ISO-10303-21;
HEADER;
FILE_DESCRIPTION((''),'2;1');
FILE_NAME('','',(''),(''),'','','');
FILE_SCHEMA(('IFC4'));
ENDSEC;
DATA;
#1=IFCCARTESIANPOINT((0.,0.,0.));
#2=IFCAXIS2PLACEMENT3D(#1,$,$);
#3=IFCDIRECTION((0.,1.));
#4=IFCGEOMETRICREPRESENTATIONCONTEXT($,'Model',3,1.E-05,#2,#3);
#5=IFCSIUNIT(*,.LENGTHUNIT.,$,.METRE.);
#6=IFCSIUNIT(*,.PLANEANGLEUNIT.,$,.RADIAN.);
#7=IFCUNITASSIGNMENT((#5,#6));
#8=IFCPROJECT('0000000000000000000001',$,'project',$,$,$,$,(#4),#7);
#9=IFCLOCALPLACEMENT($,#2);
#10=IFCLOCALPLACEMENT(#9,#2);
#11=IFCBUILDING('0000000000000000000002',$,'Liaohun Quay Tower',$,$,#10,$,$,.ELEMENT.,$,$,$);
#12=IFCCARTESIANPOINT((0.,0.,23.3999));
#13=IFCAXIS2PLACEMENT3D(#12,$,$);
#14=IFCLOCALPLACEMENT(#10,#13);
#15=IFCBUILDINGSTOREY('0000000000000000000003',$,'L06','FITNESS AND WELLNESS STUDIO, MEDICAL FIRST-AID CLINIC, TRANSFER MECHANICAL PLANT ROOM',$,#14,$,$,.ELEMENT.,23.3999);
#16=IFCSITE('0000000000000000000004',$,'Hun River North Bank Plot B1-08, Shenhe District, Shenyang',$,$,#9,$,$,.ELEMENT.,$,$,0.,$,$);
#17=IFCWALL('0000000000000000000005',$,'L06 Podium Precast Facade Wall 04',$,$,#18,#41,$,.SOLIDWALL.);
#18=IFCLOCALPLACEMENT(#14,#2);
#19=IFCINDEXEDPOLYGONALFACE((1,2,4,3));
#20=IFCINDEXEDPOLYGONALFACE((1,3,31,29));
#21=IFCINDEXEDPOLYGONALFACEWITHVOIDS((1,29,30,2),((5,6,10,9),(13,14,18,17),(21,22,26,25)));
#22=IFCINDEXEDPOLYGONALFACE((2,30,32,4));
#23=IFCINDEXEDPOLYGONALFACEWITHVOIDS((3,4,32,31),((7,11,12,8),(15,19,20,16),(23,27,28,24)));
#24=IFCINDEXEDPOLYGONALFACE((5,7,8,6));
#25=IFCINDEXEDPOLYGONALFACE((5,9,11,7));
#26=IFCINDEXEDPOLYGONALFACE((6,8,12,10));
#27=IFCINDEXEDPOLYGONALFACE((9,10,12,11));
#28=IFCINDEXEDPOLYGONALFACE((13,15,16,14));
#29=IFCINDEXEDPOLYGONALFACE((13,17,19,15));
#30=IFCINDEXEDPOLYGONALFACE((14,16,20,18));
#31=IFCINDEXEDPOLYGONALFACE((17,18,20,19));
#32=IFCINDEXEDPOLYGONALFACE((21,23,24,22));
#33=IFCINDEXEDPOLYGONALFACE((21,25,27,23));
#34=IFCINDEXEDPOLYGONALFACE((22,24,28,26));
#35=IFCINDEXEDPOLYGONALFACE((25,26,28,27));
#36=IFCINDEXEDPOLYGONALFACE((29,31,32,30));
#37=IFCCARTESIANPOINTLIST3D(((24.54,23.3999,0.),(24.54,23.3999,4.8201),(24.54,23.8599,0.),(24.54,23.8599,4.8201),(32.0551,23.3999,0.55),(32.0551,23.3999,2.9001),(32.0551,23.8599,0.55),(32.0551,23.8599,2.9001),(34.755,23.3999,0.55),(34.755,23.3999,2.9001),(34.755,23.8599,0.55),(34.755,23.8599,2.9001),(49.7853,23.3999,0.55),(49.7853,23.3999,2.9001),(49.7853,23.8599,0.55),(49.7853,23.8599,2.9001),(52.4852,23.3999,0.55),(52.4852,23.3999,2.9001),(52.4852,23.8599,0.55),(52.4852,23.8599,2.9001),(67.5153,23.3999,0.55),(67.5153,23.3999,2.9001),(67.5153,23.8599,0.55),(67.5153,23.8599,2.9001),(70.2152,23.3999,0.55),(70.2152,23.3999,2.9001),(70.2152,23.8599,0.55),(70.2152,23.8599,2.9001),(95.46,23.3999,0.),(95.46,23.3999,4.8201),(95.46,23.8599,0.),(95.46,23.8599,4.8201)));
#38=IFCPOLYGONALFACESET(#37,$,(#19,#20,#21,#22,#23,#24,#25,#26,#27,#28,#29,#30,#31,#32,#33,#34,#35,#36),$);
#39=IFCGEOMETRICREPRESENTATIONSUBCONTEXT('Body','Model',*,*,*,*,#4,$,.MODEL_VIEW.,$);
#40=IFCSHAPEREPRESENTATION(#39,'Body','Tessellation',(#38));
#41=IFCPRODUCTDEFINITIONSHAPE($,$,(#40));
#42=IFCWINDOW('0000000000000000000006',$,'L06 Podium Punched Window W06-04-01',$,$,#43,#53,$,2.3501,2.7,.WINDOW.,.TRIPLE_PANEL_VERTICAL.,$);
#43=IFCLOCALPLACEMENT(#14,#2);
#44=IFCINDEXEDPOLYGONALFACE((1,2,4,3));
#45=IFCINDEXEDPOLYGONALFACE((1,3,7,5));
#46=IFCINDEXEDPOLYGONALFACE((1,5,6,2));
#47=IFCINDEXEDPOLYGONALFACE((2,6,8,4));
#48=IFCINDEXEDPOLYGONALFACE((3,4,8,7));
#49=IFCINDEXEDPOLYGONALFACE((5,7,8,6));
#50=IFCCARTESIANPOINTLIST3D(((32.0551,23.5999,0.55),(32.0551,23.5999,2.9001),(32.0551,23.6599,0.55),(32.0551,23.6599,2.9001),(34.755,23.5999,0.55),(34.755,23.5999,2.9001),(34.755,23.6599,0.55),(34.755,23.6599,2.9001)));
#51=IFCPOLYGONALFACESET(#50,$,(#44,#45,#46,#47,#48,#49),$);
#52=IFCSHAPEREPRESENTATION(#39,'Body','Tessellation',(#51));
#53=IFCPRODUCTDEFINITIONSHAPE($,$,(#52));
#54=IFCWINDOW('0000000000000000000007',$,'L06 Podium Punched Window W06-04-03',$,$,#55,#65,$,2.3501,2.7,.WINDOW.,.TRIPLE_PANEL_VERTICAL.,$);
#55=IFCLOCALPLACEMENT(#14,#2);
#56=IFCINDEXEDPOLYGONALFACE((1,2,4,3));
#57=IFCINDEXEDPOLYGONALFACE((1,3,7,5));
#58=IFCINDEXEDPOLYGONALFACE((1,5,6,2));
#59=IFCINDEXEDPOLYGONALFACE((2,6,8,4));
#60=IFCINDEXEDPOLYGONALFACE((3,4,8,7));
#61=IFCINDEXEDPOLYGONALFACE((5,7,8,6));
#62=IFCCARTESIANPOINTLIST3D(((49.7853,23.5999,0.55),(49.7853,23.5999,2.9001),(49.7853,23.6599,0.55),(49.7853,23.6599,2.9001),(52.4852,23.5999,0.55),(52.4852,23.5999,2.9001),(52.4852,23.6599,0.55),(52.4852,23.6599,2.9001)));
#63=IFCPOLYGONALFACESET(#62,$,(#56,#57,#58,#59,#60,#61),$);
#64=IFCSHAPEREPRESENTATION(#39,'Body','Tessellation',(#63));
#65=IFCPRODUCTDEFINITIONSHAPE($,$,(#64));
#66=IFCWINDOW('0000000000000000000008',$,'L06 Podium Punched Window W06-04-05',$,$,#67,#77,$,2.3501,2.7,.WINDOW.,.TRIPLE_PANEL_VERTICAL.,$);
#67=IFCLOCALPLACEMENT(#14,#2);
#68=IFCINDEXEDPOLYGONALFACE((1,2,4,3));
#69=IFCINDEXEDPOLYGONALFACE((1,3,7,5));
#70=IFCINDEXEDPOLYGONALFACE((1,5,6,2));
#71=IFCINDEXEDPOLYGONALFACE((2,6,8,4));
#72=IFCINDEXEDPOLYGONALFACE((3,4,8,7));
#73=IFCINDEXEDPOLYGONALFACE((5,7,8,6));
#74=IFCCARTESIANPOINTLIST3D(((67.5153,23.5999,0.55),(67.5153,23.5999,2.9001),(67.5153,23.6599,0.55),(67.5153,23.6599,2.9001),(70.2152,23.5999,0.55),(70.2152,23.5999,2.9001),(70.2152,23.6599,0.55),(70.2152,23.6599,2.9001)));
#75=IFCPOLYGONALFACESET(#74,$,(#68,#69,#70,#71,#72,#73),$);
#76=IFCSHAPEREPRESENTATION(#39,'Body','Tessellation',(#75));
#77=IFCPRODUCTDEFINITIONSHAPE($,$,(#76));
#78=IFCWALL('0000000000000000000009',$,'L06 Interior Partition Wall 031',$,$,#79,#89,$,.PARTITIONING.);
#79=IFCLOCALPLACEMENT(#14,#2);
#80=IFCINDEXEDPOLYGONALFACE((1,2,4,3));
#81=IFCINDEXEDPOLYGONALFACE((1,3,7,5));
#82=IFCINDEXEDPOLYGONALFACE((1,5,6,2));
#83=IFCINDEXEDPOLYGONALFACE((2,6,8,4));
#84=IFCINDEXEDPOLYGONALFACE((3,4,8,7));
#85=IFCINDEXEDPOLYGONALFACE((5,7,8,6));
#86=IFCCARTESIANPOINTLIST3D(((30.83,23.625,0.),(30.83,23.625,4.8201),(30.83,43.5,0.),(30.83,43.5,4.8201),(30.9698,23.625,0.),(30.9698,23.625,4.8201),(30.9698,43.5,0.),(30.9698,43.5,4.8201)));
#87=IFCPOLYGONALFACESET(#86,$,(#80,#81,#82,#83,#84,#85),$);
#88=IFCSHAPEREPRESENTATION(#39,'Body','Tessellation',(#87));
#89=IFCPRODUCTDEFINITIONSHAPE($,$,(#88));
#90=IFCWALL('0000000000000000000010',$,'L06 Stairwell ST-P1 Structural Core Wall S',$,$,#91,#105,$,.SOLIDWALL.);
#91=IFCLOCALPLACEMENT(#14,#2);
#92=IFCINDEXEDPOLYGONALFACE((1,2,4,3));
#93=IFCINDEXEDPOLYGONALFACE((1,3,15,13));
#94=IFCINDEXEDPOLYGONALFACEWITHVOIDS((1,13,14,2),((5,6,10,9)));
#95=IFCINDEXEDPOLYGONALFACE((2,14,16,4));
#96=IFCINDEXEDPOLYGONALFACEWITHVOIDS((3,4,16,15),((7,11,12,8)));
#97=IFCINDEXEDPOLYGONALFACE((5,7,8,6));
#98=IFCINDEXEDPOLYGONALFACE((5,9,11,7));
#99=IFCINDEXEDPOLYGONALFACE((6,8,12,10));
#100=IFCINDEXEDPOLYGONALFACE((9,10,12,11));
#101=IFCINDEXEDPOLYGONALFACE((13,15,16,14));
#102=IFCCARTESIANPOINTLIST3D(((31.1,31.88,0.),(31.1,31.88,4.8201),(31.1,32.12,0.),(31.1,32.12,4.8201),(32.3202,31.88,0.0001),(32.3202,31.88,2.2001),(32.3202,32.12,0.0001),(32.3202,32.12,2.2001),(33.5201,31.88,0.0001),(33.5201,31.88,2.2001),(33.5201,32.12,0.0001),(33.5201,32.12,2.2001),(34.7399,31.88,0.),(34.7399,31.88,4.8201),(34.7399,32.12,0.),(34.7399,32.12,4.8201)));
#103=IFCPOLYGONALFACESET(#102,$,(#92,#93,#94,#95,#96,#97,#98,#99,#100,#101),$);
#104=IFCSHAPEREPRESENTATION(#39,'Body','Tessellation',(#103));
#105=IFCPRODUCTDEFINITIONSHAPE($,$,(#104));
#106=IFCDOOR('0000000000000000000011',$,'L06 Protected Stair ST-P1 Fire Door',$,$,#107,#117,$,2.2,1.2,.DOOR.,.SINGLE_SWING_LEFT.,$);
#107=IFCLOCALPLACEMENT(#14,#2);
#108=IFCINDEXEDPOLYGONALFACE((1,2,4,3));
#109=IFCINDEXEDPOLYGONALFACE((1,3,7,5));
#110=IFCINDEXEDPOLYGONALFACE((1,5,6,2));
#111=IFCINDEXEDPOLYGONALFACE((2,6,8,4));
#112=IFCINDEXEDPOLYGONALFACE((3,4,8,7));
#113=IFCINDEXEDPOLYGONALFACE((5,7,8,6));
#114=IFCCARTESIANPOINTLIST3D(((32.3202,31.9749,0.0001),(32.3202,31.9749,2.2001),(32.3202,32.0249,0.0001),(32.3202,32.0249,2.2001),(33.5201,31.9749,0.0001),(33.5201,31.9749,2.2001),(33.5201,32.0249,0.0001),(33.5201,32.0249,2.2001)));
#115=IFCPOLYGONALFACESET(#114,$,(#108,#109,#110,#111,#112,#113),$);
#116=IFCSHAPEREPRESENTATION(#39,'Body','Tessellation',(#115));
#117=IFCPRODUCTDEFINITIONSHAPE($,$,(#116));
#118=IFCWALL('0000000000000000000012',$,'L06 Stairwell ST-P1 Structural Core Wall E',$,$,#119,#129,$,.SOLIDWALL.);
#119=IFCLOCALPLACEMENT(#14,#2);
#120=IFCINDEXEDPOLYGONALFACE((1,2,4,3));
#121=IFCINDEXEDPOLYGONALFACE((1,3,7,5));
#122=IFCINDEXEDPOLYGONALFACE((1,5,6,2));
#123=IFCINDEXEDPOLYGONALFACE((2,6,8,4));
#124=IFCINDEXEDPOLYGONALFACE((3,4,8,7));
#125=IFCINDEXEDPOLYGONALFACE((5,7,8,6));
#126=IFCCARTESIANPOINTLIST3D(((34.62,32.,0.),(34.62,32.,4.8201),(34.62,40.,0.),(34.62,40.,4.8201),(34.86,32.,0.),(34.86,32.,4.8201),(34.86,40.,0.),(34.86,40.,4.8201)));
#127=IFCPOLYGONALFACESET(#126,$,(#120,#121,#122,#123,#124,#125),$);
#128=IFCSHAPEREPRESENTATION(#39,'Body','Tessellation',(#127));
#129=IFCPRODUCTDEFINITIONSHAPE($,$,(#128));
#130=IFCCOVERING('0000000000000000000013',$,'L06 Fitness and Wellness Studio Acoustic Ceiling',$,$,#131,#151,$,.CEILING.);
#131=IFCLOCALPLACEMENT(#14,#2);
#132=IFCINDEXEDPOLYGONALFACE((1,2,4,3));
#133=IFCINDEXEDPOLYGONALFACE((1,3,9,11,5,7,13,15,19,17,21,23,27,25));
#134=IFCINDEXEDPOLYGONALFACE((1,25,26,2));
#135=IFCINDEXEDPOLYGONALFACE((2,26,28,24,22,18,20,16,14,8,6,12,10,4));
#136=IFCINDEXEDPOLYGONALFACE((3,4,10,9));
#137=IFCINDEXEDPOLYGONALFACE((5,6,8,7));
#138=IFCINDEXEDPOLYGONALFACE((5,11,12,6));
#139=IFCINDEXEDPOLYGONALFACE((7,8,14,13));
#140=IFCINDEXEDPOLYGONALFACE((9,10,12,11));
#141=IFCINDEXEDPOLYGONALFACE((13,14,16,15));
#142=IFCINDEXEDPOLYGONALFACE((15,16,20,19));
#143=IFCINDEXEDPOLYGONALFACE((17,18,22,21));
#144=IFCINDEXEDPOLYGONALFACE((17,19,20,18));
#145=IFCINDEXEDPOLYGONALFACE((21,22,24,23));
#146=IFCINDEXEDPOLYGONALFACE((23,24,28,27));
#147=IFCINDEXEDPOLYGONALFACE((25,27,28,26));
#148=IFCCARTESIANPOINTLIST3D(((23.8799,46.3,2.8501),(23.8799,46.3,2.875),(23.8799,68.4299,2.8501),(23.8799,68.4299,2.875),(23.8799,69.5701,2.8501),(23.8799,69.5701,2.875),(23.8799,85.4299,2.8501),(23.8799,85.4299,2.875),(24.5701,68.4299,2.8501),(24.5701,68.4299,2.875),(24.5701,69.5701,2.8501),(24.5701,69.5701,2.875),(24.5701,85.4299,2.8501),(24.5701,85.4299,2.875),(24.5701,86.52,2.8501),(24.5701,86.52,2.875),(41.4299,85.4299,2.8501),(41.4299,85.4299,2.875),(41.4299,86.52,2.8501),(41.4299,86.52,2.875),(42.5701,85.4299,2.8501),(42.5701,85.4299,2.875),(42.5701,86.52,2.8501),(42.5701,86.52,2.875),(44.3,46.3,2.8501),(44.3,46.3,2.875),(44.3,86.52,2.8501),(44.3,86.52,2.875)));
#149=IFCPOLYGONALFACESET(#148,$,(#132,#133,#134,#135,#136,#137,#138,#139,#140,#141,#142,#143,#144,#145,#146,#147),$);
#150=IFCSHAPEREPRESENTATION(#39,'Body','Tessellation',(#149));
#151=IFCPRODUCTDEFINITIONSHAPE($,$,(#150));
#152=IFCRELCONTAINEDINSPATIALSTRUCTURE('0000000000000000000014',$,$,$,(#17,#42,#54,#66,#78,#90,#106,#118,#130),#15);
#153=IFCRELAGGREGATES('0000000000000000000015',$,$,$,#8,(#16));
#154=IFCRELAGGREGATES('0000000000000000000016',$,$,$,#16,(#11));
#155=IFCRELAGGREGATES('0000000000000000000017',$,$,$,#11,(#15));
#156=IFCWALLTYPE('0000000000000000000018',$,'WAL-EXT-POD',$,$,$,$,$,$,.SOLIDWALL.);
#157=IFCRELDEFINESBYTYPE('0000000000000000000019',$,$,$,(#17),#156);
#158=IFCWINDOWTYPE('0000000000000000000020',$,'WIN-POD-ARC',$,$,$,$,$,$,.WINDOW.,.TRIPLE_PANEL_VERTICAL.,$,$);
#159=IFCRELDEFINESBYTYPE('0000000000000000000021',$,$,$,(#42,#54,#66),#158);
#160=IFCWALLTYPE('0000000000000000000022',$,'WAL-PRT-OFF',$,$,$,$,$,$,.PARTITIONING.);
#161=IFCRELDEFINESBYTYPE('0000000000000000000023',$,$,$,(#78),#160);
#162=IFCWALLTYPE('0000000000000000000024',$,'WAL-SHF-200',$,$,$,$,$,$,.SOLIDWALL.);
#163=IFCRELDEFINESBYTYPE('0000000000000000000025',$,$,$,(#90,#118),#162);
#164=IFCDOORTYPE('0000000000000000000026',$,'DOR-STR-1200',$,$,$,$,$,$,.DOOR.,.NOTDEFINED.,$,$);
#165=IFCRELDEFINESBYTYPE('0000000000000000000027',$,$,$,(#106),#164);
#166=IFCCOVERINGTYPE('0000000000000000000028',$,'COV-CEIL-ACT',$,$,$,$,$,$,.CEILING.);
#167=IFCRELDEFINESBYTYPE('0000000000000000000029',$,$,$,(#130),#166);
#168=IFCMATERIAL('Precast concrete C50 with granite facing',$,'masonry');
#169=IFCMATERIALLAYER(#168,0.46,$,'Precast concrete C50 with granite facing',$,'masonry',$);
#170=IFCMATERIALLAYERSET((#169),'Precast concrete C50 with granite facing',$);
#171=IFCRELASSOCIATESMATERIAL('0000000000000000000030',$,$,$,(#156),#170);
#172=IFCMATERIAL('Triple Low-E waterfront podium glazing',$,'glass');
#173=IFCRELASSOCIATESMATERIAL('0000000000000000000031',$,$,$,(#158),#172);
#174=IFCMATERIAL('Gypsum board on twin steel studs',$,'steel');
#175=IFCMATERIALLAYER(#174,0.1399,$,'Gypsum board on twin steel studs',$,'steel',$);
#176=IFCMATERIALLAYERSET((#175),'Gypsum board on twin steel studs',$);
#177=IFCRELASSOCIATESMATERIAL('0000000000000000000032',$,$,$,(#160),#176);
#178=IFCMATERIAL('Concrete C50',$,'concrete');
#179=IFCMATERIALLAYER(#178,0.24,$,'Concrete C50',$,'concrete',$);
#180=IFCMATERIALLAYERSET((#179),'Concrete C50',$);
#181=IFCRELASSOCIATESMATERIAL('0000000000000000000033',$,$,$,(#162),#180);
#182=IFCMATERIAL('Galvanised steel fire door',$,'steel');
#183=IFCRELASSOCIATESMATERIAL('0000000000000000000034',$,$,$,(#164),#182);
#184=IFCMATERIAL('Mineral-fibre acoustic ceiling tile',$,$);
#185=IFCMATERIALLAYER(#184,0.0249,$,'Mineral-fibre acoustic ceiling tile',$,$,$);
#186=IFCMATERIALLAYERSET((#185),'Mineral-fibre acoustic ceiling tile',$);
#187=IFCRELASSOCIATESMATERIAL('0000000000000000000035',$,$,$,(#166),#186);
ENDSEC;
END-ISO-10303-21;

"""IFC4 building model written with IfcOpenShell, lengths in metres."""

from ifc_helpers import new_model, si_unit, direction, frame, frame_2d, origin, place, context, subcontext, project, spatial, polyline, rectangle, outline, extrude, source, transform, mapped, material, layer, layer_set, type_object, element, fill, save


model = new_model("IFC4")

# Units and contexts
model_context = context("Model", 3, precision=1e-05, world=origin(), true_north=direction((0.0, 1.0)))
body_context = subcontext(model_context, "Body", "Model", "MODEL_VIEW")
ifc_project = project(units=[si_unit("LENGTHUNIT", "METRE"), si_unit("PLANEANGLEUNIT", "RADIAN")], contexts=[model_context])

# Site, building, storey
site_placement = place(None, origin())
site = spatial("IfcSite", under=ifc_project, at=site_placement, Name="Hun River North Bank Plot B1-08, Shenhe District, Shenyang", CompositionType="ELEMENT", RefElevation=0.0)
building_placement = place(site_placement, origin())
building = spatial("IfcBuilding", under=site, at=building_placement, Name="Liaohun Quay Tower", CompositionType="ELEMENT")
storey_placement = place(building_placement, frame((0.0, 0.0, 23.3999)))
storey = spatial("IfcBuildingStorey", under=building, at=storey_placement, Name="L06", Description="FITNESS AND WELLNESS STUDIO, MEDICAL FIRST-AID CLINIC, TRANSFER MECHANICAL PLANT ROOM", CompositionType="ELEMENT", Elevation=23.3999)

# Wall, openings, windows
ifc_material_1 = material(Name="Precast concrete C50 with granite facing", Category="masonry")
ifc_layer_1 = layer(ifc_material_1, 0.46, Name="Precast concrete C50 with granite facing", Category="masonry")
ifc_layer_set_1 = layer_set([ifc_layer_1], Name="Precast concrete C50 with granite facing")
wall_type_1 = type_object("IfcWallType", Name="WAL-EXT-POD", PredefinedType="SOLIDWALL", material=ifc_layer_set_1)
wall_1_placement = place(storey_placement, frame((24.54, 23.6299, 0.0), z_axis=(0.0, 0.0, 1.0), x_axis=(1.0, 0.0, 0.0)))
wall_1 = element("IfcWall", 1, at=wall_1_placement, inside=storey, type_object=wall_type_1, Name="L06 Podium Precast Facade Wall 04", PredefinedType="SOLIDWALL", context=body_context, shape_type="SweptSolid", body=[
    extrude(rectangle(XDim=70.9199, YDim=0.46, at=frame_2d((35.46, 0.0))), origin(), (0.0, 0.0, 1.0), 4.8201),
])
shared_shape_1 = source(origin(), body_context, "Body", "SweptSolid", [
    extrude(rectangle(XDim=2.7, YDim=2.3501, at=frame_2d((1.3501, 1.175))), frame((0.0, 0.24, 0.0), z_axis=(0.0, -1.0, 0.0), x_axis=(1.0, 0.0, 0.0)), (0.0, 0.0, 1.0), 0.48),
])
opening_1_placement = place(wall_1_placement, frame((7.5149, 0.0, 0.55)))
opening_1 = element("IfcOpeningElement", 2, at=opening_1_placement, cuts=wall_1, PredefinedType="OPENING", context=body_context, shape_type="MappedRepresentation", body=[
    mapped(shared_shape_1, transform((0.0, 0.0, 0.0), x_axis=(1.0, 0.0, 0.0), y_axis=(0.0, 1.0, 0.0), z_axis=(0.0, 0.0, 1.0), scale=1.0)),
])
opening_2_placement = place(wall_1_placement, frame((25.2451, 0.0, 0.55)))
opening_2 = element("IfcOpeningElement", 3, at=opening_2_placement, cuts=wall_1, PredefinedType="OPENING", context=body_context, shape_type="MappedRepresentation", body=[
    mapped(shared_shape_1, transform((0.0, 0.0, 0.0), x_axis=(1.0, 0.0, 0.0), y_axis=(0.0, 1.0, 0.0), z_axis=(0.0, 0.0, 1.0), scale=1.0)),
])
opening_3_placement = place(wall_1_placement, frame((42.9751, 0.0, 0.55)))
opening_3 = element("IfcOpeningElement", 4, at=opening_3_placement, cuts=wall_1, PredefinedType="OPENING", context=body_context, shape_type="MappedRepresentation", body=[
    mapped(shared_shape_1, transform((0.0, 0.0, 0.0), x_axis=(1.0, 0.0, 0.0), y_axis=(0.0, 1.0, 0.0), z_axis=(0.0, 0.0, 1.0), scale=1.0)),
])
ifc_material_2 = material(Name="Triple Low-E waterfront podium glazing", Category="glass")
window_type_1 = type_object("IfcWindowType", Name="WIN-POD-ARC", PartitioningType="TRIPLE_PANEL_VERTICAL", PredefinedType="WINDOW", material=ifc_material_2)
shared_shape_2 = source(origin(), body_context, "Body", "SweptSolid", [
    extrude(rectangle(XDim=2.7, YDim=2.3501, at=frame_2d((1.3501, 1.175))), frame((0.0, 0.03, 0.0), z_axis=(0.0, -1.0, 0.0), x_axis=(1.0, 0.0, 0.0)), (0.0, 0.0, 1.0), 0.0601),
])
window_1_placement = place(opening_1_placement, origin())
window_1 = element("IfcWindow", 5, at=window_1_placement, inside=storey, type_object=window_type_1, Name="L06 Podium Punched Window W06-04-01", OverallHeight=2.3501, OverallWidth=2.7, PartitioningType="TRIPLE_PANEL_VERTICAL", PredefinedType="WINDOW", context=body_context, shape_type="MappedRepresentation", body=[
    mapped(shared_shape_2, transform((0.0, 0.0, 0.0), x_axis=(1.0, 0.0, 0.0), y_axis=(0.0, 1.0, 0.0), z_axis=(0.0, 0.0, 1.0), scale=1.0)),
])
fill(opening_1, window_1)
window_2_placement = place(opening_2_placement, origin())
window_2 = element("IfcWindow", 6, at=window_2_placement, inside=storey, type_object=window_type_1, Name="L06 Podium Punched Window W06-04-03", OverallHeight=2.3501, OverallWidth=2.7, PartitioningType="TRIPLE_PANEL_VERTICAL", PredefinedType="WINDOW", context=body_context, shape_type="MappedRepresentation", body=[
    mapped(shared_shape_2, transform((0.0, 0.0, 0.0), x_axis=(1.0, 0.0, 0.0), y_axis=(0.0, 1.0, 0.0), z_axis=(0.0, 0.0, 1.0), scale=1.0)),
])
fill(opening_2, window_2)
window_3_placement = place(opening_3_placement, origin())
window_3 = element("IfcWindow", 7, at=window_3_placement, inside=storey, type_object=window_type_1, Name="L06 Podium Punched Window W06-04-05", OverallHeight=2.3501, OverallWidth=2.7, PartitioningType="TRIPLE_PANEL_VERTICAL", PredefinedType="WINDOW", context=body_context, shape_type="MappedRepresentation", body=[
    mapped(shared_shape_2, transform((0.0, 0.0, 0.0), x_axis=(1.0, 0.0, 0.0), y_axis=(0.0, 1.0, 0.0), z_axis=(0.0, 0.0, 1.0), scale=1.0)),
])
fill(opening_3, window_3)

# Wall
ifc_material_3 = material(Name="Gypsum board on twin steel studs", Category="steel")
ifc_layer_2 = layer(ifc_material_3, 0.1399, Name="Gypsum board on twin steel studs", Category="steel")
ifc_layer_set_2 = layer_set([ifc_layer_2], Name="Gypsum board on twin steel studs")
wall_type_2 = type_object("IfcWallType", Name="WAL-PRT-OFF", PredefinedType="PARTITIONING", material=ifc_layer_set_2)
wall_2_placement = place(storey_placement, frame((30.8999, 23.625, 0.0), z_axis=(0.0, 0.0, 1.0), x_axis=(0.0, 1.0, 0.0)))
element("IfcWall", 8, at=wall_2_placement, inside=storey, type_object=wall_type_2, Name="L06 Interior Partition Wall 031", PredefinedType="PARTITIONING", context=body_context, shape_type="SweptSolid", body=[
    extrude(rectangle(XDim=19.875, YDim=0.1399, at=frame_2d((9.9375, 0.0))), origin(), (0.0, 0.0, 1.0), 4.8201),
])

# Wall, opening, door
ifc_material_4 = material(Name="Concrete C50", Category="concrete")
ifc_layer_3 = layer(ifc_material_4, 0.24, Name="Concrete C50", Category="concrete")
ifc_layer_set_3 = layer_set([ifc_layer_3], Name="Concrete C50")
wall_type_3 = type_object("IfcWallType", Name="WAL-SHF-200", PredefinedType="SOLIDWALL", material=ifc_layer_set_3)
wall_3_placement = place(storey_placement, frame((31.1001, 32.0, 0.0), z_axis=(0.0, 0.0, 1.0), x_axis=(1.0, 0.0, 0.0)))
wall_3 = element("IfcWall", 9, at=wall_3_placement, inside=storey, type_object=wall_type_3, Name="L06 Stairwell ST-P1 Structural Core Wall S", PredefinedType="SOLIDWALL", context=body_context, shape_type="SweptSolid", body=[
    extrude(rectangle(XDim=3.6399, YDim=0.24, at=frame_2d((1.8198, 0.0))), origin(), (0.0, 0.0, 1.0), 4.8201),
])
shared_shape_3 = source(origin(), body_context, "Body", "SweptSolid", [
    extrude(rectangle(XDim=1.2, YDim=2.2, at=frame_2d((0.6001, 1.1001))), frame((0.0, 0.1299, 0.0), z_axis=(0.0, -1.0, 0.0), x_axis=(1.0, 0.0, 0.0)), (0.0, 0.0, 1.0), 0.26),
])
opening_4_placement = place(wall_3_placement, frame((1.22, 0.0, 0.0)))
opening_4 = element("IfcOpeningElement", 10, at=opening_4_placement, cuts=wall_3, PredefinedType="OPENING", context=body_context, shape_type="MappedRepresentation", body=[
    mapped(shared_shape_3, transform((0.0, 0.0, 0.0), x_axis=(1.0, 0.0, 0.0), y_axis=(0.0, 1.0, 0.0), z_axis=(0.0, 0.0, 1.0), scale=1.0)),
])
ifc_material_5 = material(Name="Galvanised steel fire door", Category="steel")
door_type = type_object("IfcDoorType", Name="DOR-STR-1200", OperationType="NOTDEFINED", PredefinedType="DOOR", material=ifc_material_5)
shared_shape_4 = source(origin(), body_context, "Body", "SweptSolid", [
    extrude(rectangle(XDim=1.2, YDim=2.2, at=frame_2d((0.6001, 1.1001))), frame((0.0, 0.0249, 0.0), z_axis=(0.0, -1.0, 0.0), x_axis=(1.0, 0.0, 0.0)), (0.0, 0.0, 1.0), 0.05),
])
door_placement = place(opening_4_placement, origin())
door = element("IfcDoor", 11, at=door_placement, inside=storey, type_object=door_type, Name="L06 Protected Stair ST-P1 Fire Door", OperationType="SINGLE_SWING_LEFT", OverallHeight=2.2, OverallWidth=1.2, PredefinedType="DOOR", context=body_context, shape_type="MappedRepresentation", body=[
    mapped(shared_shape_4, transform((0.0, 0.0, 0.0), x_axis=(1.0, 0.0, 0.0), y_axis=(0.0, 1.0, 0.0), z_axis=(0.0, 0.0, 1.0), scale=1.0)),
])
fill(opening_4, door)

# Wall
wall_4_placement = place(storey_placement, frame((34.74, 32.0, 0.0), z_axis=(0.0, 0.0, 1.0), x_axis=(0.0, 1.0, 0.0)))
element("IfcWall", 12, at=wall_4_placement, inside=storey, type_object=wall_type_3, Name="L06 Stairwell ST-P1 Structural Core Wall E", PredefinedType="SOLIDWALL", context=body_context, shape_type="SweptSolid", body=[
    extrude(rectangle(XDim=8.0, YDim=0.24, at=frame_2d((4.0, 0.0))), origin(), (0.0, 0.0, 1.0), 4.8201),
])

# Covering
ifc_material_6 = material(Name="Mineral-fibre acoustic ceiling tile")
ifc_layer_4 = layer(ifc_material_6, 0.0249, Name="Mineral-fibre acoustic ceiling tile")
ifc_layer_set_4 = layer_set([ifc_layer_4], Name="Mineral-fibre acoustic ceiling tile")
covering_type_1 = type_object("IfcCoveringType", Name="COV-CEIL-ACT", PredefinedType="CEILING", material=ifc_layer_set_4)
covering_1_placement = place(storey_placement, frame((0.0, 0.0, 2.8501)))
element("IfcCovering", 13, at=covering_1_placement, inside=storey, type_object=covering_type_1, Name="L06 Fitness and Wellness Studio Acoustic Ceiling", PredefinedType="CEILING", context=body_context, shape_type="SweptSolid", body=[
    extrude(outline(polyline([(42.5701, 86.52), (42.5701, 85.4299), (41.4299, 85.4299), (41.4299, 86.52), (24.5701, 86.52), (24.5701, 85.4299), (23.8799, 85.4299), (23.8799, 69.5701), (24.5701, 69.5701), (24.5701, 68.4299), (23.8799, 68.4299), (23.8799, 46.3), (44.3, 46.3), (44.3, 86.52), (42.5701, 86.52)])), origin(), (0.0, 0.0, 1.0), 0.0249),
])

save(model, "model.ifc")
